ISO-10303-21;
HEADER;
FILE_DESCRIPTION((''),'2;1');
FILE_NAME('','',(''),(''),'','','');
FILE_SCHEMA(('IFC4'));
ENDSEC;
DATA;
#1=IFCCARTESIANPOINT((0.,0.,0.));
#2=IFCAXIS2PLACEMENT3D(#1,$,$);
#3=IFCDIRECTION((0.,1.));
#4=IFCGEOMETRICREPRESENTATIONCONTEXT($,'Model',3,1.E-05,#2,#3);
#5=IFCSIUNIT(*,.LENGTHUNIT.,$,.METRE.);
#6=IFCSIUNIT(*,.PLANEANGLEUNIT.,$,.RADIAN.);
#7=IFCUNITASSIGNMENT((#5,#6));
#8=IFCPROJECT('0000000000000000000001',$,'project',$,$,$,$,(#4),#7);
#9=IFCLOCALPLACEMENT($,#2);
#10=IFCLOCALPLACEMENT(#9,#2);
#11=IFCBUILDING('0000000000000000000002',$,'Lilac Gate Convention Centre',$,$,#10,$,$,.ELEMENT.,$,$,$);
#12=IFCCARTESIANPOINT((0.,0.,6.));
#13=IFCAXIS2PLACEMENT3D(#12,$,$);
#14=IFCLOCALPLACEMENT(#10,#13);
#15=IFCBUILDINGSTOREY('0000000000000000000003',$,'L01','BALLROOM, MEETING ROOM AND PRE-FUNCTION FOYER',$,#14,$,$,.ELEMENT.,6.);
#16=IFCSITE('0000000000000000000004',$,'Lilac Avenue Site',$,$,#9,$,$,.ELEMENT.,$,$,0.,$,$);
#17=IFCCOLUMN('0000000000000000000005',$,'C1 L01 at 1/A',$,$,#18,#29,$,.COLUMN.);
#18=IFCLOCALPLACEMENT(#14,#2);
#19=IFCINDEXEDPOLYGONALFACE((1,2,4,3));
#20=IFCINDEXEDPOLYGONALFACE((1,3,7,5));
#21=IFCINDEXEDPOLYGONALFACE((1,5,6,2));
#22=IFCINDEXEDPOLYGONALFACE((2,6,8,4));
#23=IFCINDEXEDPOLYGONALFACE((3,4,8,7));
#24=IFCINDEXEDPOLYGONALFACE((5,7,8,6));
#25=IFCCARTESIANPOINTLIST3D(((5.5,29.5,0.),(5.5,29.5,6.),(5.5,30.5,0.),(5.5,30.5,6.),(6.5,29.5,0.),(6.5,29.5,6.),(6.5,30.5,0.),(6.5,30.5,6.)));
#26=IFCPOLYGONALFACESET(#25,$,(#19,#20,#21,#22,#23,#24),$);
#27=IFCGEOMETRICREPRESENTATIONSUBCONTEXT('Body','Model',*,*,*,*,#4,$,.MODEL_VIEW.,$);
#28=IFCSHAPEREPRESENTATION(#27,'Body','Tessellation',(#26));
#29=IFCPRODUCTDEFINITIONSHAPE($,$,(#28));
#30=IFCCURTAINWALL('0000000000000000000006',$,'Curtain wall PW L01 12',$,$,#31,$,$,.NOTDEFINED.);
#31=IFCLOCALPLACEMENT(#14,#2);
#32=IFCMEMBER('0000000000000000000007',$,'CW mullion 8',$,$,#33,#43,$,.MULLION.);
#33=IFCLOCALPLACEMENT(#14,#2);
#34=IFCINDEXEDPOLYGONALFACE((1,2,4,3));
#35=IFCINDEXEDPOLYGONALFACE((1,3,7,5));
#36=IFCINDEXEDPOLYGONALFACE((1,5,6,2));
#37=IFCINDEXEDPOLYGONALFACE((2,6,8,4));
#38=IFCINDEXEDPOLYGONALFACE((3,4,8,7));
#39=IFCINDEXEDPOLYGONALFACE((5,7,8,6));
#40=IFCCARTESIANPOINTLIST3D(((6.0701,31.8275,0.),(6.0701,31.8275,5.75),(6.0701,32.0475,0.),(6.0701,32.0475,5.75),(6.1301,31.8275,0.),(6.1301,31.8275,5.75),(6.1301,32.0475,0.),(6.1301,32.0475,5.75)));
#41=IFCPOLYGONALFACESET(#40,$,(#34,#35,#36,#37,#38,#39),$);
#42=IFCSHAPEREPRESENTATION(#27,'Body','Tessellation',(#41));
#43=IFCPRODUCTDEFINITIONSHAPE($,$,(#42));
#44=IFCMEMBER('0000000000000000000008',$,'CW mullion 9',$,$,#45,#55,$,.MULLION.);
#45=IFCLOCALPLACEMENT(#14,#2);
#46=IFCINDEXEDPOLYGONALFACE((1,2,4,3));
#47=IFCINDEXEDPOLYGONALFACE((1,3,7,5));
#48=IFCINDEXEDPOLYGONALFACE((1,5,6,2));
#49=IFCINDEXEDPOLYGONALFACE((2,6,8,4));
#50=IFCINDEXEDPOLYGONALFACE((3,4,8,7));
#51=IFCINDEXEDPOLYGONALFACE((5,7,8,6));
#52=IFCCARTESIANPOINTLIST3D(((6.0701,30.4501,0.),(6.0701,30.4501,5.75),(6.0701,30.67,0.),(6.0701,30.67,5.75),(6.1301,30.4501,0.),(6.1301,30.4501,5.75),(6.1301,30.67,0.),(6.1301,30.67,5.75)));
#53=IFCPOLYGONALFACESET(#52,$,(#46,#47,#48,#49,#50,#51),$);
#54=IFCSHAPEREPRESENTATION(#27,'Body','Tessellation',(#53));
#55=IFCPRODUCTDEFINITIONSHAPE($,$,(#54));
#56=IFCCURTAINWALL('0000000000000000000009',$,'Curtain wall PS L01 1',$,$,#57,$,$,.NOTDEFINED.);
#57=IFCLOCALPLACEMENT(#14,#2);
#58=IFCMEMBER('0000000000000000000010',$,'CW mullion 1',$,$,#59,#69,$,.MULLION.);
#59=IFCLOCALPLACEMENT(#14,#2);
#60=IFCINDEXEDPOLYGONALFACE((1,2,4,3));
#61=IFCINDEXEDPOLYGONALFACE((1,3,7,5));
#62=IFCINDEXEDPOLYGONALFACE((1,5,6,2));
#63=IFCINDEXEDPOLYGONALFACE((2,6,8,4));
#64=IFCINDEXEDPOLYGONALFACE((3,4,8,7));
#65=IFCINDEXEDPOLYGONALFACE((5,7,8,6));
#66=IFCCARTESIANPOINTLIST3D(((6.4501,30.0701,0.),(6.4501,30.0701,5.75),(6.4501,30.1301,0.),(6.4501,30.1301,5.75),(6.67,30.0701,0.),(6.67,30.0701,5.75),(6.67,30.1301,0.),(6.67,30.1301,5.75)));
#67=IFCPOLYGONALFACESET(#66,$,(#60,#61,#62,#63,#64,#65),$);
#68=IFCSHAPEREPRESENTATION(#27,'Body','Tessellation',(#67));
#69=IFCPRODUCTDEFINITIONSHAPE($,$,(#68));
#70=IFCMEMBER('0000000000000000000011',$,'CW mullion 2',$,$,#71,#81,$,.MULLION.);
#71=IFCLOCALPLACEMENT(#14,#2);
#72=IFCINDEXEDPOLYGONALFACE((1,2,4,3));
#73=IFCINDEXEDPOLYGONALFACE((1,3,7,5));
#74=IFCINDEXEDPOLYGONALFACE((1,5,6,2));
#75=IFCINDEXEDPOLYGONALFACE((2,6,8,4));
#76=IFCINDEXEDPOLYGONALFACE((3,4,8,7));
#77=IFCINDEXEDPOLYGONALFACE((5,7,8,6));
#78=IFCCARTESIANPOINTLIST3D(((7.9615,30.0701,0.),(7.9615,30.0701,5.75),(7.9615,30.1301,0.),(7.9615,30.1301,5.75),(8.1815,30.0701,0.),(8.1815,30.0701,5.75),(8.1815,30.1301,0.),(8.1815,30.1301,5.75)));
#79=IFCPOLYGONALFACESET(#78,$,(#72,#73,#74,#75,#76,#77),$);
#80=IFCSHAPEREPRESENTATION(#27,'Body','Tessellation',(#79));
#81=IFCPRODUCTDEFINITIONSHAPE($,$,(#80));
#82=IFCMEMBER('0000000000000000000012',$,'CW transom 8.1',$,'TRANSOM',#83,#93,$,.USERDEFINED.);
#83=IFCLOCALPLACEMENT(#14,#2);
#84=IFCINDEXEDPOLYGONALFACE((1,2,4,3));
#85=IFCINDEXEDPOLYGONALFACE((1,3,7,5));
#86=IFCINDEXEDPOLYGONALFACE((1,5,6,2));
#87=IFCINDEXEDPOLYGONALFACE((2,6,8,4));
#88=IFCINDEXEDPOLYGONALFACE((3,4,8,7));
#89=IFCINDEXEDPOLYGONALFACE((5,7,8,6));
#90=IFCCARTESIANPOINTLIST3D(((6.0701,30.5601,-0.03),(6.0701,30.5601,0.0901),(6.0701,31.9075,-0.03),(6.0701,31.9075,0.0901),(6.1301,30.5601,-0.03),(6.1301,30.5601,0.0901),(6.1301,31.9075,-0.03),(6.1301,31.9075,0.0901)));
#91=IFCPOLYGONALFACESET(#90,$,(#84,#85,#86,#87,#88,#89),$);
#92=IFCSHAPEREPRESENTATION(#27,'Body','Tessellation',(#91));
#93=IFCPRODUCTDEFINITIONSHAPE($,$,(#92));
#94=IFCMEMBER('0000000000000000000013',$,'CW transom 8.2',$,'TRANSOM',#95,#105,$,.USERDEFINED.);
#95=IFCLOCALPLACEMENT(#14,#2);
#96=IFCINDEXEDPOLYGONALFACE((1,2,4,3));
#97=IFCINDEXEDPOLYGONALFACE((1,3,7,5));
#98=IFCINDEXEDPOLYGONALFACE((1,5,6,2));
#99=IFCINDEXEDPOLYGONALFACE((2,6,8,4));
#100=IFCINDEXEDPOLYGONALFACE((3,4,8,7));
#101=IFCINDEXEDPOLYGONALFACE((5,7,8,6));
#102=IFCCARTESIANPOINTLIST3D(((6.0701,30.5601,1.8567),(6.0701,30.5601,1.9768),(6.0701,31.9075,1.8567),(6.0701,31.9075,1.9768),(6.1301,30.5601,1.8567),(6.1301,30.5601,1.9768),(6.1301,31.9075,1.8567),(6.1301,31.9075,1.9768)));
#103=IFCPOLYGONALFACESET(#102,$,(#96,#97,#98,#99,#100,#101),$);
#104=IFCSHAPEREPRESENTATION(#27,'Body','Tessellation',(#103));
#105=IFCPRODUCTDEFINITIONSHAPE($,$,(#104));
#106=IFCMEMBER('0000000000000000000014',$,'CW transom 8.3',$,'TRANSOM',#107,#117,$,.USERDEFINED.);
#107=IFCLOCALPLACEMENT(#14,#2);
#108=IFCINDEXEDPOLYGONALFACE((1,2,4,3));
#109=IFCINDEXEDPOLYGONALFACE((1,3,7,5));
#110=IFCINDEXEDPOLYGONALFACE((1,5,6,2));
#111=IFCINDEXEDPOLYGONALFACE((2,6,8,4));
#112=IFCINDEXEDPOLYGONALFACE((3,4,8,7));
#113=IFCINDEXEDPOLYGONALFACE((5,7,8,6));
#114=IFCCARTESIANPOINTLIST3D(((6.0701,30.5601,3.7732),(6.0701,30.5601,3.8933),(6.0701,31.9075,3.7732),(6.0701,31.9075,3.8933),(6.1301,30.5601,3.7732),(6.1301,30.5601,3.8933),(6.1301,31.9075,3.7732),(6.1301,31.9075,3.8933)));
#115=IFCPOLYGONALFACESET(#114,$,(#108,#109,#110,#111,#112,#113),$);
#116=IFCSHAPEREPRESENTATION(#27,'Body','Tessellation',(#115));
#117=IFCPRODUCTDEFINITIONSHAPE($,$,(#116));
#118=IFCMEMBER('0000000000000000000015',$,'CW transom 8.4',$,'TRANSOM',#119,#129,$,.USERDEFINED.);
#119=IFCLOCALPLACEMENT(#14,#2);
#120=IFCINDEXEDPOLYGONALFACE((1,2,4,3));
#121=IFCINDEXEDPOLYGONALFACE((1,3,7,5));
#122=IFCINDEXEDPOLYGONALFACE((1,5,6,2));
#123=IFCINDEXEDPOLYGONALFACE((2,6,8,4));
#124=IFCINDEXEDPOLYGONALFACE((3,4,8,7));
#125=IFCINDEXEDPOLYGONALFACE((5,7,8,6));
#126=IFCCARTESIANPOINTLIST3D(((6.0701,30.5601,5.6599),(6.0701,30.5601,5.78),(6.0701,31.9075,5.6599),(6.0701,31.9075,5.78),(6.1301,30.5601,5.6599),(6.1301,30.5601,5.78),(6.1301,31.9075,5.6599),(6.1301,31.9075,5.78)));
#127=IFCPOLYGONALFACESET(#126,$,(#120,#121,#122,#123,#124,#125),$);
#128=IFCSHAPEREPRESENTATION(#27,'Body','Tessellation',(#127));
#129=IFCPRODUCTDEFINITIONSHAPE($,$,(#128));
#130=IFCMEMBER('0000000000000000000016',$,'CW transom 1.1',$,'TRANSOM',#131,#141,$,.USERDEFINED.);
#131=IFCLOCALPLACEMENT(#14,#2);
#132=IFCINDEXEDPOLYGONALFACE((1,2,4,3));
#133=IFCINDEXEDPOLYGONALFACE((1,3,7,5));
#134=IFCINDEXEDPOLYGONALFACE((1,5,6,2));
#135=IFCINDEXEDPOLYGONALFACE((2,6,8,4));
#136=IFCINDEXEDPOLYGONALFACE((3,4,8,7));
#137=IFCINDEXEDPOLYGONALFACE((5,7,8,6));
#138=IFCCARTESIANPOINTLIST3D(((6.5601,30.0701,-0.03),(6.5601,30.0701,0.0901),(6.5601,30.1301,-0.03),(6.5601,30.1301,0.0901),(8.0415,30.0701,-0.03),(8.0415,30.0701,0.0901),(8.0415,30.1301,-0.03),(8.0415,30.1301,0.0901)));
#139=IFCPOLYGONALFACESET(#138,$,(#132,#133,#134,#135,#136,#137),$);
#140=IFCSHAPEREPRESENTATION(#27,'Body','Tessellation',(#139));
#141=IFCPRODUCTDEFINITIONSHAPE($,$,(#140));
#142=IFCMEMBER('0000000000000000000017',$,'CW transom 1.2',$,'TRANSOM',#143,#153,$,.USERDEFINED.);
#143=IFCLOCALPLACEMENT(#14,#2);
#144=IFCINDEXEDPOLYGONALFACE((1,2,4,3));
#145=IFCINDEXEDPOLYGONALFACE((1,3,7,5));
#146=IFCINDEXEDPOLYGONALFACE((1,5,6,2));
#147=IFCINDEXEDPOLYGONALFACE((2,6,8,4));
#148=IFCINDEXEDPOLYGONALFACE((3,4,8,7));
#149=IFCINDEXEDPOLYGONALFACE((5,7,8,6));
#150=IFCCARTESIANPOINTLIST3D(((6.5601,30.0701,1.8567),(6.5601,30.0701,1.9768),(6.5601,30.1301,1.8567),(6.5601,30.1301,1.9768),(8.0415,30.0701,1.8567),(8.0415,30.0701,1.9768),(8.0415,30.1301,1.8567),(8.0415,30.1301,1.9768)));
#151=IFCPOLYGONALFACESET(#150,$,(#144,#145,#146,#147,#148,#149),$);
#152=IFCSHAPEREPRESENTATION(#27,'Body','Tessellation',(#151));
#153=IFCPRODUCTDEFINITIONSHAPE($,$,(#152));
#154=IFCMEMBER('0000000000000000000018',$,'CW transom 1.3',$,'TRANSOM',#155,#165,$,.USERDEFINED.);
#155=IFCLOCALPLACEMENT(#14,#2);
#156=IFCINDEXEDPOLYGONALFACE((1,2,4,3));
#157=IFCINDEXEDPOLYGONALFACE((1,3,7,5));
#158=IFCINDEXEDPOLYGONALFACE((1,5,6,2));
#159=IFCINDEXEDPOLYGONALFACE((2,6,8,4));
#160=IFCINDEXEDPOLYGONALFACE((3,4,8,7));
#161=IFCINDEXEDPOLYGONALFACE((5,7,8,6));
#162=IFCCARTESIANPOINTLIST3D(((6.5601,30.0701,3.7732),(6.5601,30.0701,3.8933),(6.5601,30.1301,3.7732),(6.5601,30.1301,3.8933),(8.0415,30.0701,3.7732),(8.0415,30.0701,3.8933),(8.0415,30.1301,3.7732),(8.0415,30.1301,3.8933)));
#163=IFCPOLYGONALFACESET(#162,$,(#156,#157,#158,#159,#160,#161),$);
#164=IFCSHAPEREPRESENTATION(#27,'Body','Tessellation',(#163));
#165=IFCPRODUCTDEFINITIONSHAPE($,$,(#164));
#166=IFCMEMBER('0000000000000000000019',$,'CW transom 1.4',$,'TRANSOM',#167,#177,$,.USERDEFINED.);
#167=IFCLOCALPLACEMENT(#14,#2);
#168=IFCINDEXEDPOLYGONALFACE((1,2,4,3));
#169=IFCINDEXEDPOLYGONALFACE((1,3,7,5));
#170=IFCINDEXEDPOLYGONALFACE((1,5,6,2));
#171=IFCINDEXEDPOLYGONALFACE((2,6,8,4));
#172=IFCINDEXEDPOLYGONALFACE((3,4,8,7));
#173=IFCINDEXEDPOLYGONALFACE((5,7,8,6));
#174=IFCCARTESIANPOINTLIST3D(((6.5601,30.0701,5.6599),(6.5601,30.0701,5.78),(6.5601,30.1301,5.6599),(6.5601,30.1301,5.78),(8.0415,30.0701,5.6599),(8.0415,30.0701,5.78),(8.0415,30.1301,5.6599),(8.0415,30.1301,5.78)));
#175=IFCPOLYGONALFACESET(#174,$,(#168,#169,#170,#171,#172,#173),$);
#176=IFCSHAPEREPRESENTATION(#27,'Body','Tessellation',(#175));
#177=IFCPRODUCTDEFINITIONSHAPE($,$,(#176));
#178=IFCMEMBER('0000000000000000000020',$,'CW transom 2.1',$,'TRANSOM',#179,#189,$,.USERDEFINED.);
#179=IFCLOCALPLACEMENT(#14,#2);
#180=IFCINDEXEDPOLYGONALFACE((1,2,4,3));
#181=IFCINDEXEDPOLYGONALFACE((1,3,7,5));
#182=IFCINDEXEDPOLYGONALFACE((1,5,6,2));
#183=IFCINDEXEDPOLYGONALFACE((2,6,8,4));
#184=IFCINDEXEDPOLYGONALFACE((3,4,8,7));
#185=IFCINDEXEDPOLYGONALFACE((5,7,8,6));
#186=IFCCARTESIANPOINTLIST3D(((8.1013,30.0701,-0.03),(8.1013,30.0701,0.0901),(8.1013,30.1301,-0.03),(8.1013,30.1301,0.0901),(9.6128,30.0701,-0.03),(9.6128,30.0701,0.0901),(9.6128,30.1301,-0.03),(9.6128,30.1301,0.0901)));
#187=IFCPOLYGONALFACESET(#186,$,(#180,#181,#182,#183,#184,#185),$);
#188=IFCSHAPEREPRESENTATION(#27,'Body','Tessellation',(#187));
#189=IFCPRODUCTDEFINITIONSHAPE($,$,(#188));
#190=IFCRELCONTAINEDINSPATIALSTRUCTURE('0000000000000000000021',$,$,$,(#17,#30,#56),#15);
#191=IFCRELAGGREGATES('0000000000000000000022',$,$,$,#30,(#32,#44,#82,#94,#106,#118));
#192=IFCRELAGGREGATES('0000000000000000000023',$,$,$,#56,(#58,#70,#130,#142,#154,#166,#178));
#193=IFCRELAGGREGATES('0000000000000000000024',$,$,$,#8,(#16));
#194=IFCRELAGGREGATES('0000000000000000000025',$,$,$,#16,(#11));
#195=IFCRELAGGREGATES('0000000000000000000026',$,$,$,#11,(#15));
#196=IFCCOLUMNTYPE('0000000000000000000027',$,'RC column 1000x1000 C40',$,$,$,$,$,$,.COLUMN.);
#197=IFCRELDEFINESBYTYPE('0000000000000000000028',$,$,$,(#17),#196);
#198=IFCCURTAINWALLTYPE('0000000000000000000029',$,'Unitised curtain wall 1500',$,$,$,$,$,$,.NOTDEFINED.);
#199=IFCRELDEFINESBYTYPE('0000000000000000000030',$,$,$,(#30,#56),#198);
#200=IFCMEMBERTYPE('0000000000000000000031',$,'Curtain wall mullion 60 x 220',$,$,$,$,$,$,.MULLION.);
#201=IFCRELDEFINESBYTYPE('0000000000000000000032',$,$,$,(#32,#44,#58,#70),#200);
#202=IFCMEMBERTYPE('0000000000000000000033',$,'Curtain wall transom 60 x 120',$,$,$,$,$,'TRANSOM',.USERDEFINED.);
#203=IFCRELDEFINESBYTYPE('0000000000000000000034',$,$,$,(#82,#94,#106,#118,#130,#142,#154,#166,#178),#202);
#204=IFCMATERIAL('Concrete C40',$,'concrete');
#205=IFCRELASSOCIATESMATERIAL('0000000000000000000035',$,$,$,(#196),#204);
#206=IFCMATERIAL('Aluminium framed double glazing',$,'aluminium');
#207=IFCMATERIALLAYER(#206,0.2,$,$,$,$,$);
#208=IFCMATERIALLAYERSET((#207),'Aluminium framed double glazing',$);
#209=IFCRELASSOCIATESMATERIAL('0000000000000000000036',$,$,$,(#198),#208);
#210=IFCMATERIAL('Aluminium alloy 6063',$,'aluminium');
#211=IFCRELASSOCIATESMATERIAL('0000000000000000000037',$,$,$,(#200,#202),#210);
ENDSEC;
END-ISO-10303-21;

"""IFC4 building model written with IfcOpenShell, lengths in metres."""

from ifc_helpers import new_model, si_unit, direction, frame, origin, origin_2d, place, context, subcontext, project, spatial, rectangle, extrude, material, layer, layer_set, material_profile, profile_set, type_object, element, aggregate, save


model = new_model("IFC4")

# Units and contexts
model_context = context("Model", 3, precision=1e-05, world=origin(), true_north=direction((0.0, 1.0)))
body_context = subcontext(model_context, "Body", "Model", "MODEL_VIEW")
ifc_project = project(units=[si_unit("LENGTHUNIT", "METRE"), si_unit("PLANEANGLEUNIT", "RADIAN")], contexts=[model_context])

# Site, building, storey
site_placement = place(None, origin())
site = spatial("IfcSite", under=ifc_project, at=site_placement, Name="Lilac Avenue Site", CompositionType="ELEMENT", RefElevation=0.0)
building_placement = place(site_placement, origin())
building = spatial("IfcBuilding", under=site, at=building_placement, Name="Lilac Gate Convention Centre", CompositionType="ELEMENT")
storey_placement = place(building_placement, frame((0.0, 0.0, 6.0)))
storey = spatial("IfcBuildingStorey", under=building, at=storey_placement, Name="L01", Description="BALLROOM, MEETING ROOM AND PRE-FUNCTION FOYER", CompositionType="ELEMENT", Elevation=6.0)

# Column
ifc_material_1 = material(Name="Concrete C40", Category="concrete")
ifc_material_profile_1 = material_profile(ifc_material_1, rectangle(XDim=1.0, YDim=1.0, at=origin_2d()), Name="RC 1000x1000")
ifc_profile_set_1 = profile_set([ifc_material_profile_1], Name="Concrete C40")
column_type = type_object("IfcColumnType", Name="RC column 1000x1000 C40", PredefinedType="COLUMN", material=ifc_profile_set_1)
column_placement = place(storey_placement, frame((6.0, 30.0, 0.0), z_axis=(0.0, 0.0, 1.0), x_axis=(1.0, 0.0, 0.0)))
element("IfcColumn", 1, at=column_placement, inside=storey, type_object=column_type, Name="C1 L01 at 1/A", PredefinedType="COLUMN", context=body_context, shape_type="SweptSolid", body=[
    extrude(rectangle(XDim=1.0, YDim=1.0, at=origin_2d()), origin(), (0.0, 0.0, 1.0), 6.0),
])

# Curtain walls, members
ifc_material_2 = material(Name="Aluminium framed double glazing", Category="aluminium")
ifc_layer_1 = layer(ifc_material_2, 0.2)
ifc_layer_set_1 = layer_set([ifc_layer_1], Name="Aluminium framed double glazing")
curtain_wall_type = type_object("IfcCurtainWallType", Name="Unitised curtain wall 1500", PredefinedType="NOTDEFINED", material=ifc_layer_set_1)
curtain_wall_1_placement = place(storey_placement, origin())
curtain_wall_1 = element("IfcCurtainWall", 2, at=curtain_wall_1_placement, inside=storey, type_object=curtain_wall_type, Name="Curtain wall PW L01 12", PredefinedType="NOTDEFINED")
ifc_material_3 = material(Name="Aluminium alloy 6063", Category="aluminium")
ifc_material_profile_2 = material_profile(ifc_material_3, rectangle(XDim=0.0601, YDim=0.22, at=origin_2d()), Name="Curtain wall mullion 60 x 220")
ifc_profile_set_2 = profile_set([ifc_material_profile_2], Name="Aluminium alloy 6063")
member_type_1 = type_object("IfcMemberType", Name="Curtain wall mullion 60 x 220", PredefinedType="MULLION", material=ifc_profile_set_2)
member_1_placement = place(storey_placement, frame((6.1001, 31.9375, 0.0), z_axis=(0.0, 0.0, 1.0), x_axis=(1.0, 0.0, 0.0)))
member_1 = element("IfcMember", 3, at=member_1_placement, type_object=member_type_1, Name="CW mullion 8", PredefinedType="MULLION", context=body_context, shape_type="SweptSolid", body=[
    extrude(rectangle(XDim=0.0601, YDim=0.22, at=origin_2d()), origin(), (0.0, 0.0, 1.0), 5.75),
])
member_2_placement = place(storey_placement, frame((6.1001, 30.5601, 0.0), z_axis=(0.0, 0.0, 1.0), x_axis=(1.0, 0.0, 0.0)))
member_2 = element("IfcMember", 4, at=member_2_placement, type_object=member_type_1, Name="CW mullion 9", PredefinedType="MULLION", context=body_context, shape_type="SweptSolid", body=[
    extrude(rectangle(XDim=0.0601, YDim=0.22, at=origin_2d()), origin(), (0.0, 0.0, 1.0), 5.75),
])
curtain_wall_2_placement = place(storey_placement, origin())
curtain_wall_2 = element("IfcCurtainWall", 5, at=curtain_wall_2_placement, inside=storey, type_object=curtain_wall_type, Name="Curtain wall PS L01 1", PredefinedType="NOTDEFINED")
member_3_placement = place(storey_placement, frame((6.5601, 30.1001, 0.0), z_axis=(0.0, 0.0, 1.0), x_axis=(0.0, 1.0, 0.0)))
member_3 = element("IfcMember", 6, at=member_3_placement, type_object=member_type_1, Name="CW mullion 1", PredefinedType="MULLION", context=body_context, shape_type="SweptSolid", body=[
    extrude(rectangle(XDim=0.0601, YDim=0.22, at=origin_2d()), origin(), (0.0, 0.0, 1.0), 5.75),
])
member_4_placement = place(storey_placement, frame((8.0715, 30.1001, 0.0), z_axis=(0.0, 0.0, 1.0), x_axis=(0.0, 1.0, 0.0)))
member_4 = element("IfcMember", 7, at=member_4_placement, type_object=member_type_1, Name="CW mullion 2", PredefinedType="MULLION", context=body_context, shape_type="SweptSolid", body=[
    extrude(rectangle(XDim=0.0601, YDim=0.22, at=origin_2d()), origin(), (0.0, 0.0, 1.0), 5.75),
])

# Members
ifc_material_profile_3 = material_profile(ifc_material_3, rectangle(XDim=0.0601, YDim=0.1201, at=origin_2d()), Name="Curtain wall transom 60 x 120")
ifc_profile_set_3 = profile_set([ifc_material_profile_3], Name="Aluminium alloy 6063")
member_type_2 = type_object("IfcMemberType", Name="Curtain wall transom 60 x 120", ElementType="TRANSOM", PredefinedType="USERDEFINED", material=ifc_profile_set_3)
member_5_placement = place(storey_placement, frame((6.1001, 31.9075, 0.03), z_axis=(0.0, -1.0, 0.0), x_axis=(1.0, 0.0, 0.0)))
member_5 = element("IfcMember", 8, at=member_5_placement, type_object=member_type_2, Name="CW transom 8.1", ObjectType="TRANSOM", PredefinedType="USERDEFINED", context=body_context, shape_type="SweptSolid", body=[
    extrude(rectangle(XDim=0.0601, YDim=0.1201, at=origin_2d()), origin(), (0.0, 0.0, 1.0), 1.3474),
])
member_6_placement = place(storey_placement, frame((6.1001, 31.9075, 1.9167), z_axis=(0.0, -1.0, 0.0), x_axis=(1.0, 0.0, 0.0)))
member_6 = element("IfcMember", 9, at=member_6_placement, type_object=member_type_2, Name="CW transom 8.2", ObjectType="TRANSOM", PredefinedType="USERDEFINED", context=body_context, shape_type="SweptSolid", body=[
    extrude(rectangle(XDim=0.0601, YDim=0.1201, at=origin_2d()), origin(), (0.0, 0.0, 1.0), 1.3474),
])
member_7_placement = place(storey_placement, frame((6.1001, 31.9075, 3.8333), z_axis=(0.0, -1.0, 0.0), x_axis=(1.0, 0.0, 0.0)))
member_7 = element("IfcMember", 10, at=member_7_placement, type_object=member_type_2, Name="CW transom 8.3", ObjectType="TRANSOM", PredefinedType="USERDEFINED", context=body_context, shape_type="SweptSolid", body=[
    extrude(rectangle(XDim=0.0601, YDim=0.1201, at=origin_2d()), origin(), (0.0, 0.0, 1.0), 1.3474),
])
member_8_placement = place(storey_placement, frame((6.1001, 31.9075, 5.72), z_axis=(0.0, -1.0, 0.0), x_axis=(1.0, 0.0, 0.0)))
member_8 = element("IfcMember", 11, at=member_8_placement, type_object=member_type_2, Name="CW transom 8.4", ObjectType="TRANSOM", PredefinedType="USERDEFINED", context=body_context, shape_type="SweptSolid", body=[
    extrude(rectangle(XDim=0.0601, YDim=0.1201, at=origin_2d()), origin(), (0.0, 0.0, 1.0), 1.3474),
])
member_9_placement = place(storey_placement, frame((6.5601, 30.1001, 0.03), z_axis=(1.0, 0.0, 0.0), x_axis=(0.0, 1.0, 0.0)))
member_9 = element("IfcMember", 12, at=member_9_placement, type_object=member_type_2, Name="CW transom 1.1", ObjectType="TRANSOM", PredefinedType="USERDEFINED", context=body_context, shape_type="SweptSolid", body=[
    extrude(rectangle(XDim=0.0601, YDim=0.1201, at=origin_2d()), origin(), (0.0, 0.0, 1.0), 1.4814),
])
member_10_placement = place(storey_placement, frame((6.5601, 30.1001, 1.9167), z_axis=(1.0, 0.0, 0.0), x_axis=(0.0, 1.0, 0.0)))
member_10 = element("IfcMember", 13, at=member_10_placement, type_object=member_type_2, Name="CW transom 1.2", ObjectType="TRANSOM", PredefinedType="USERDEFINED", context=body_context, shape_type="SweptSolid", body=[
    extrude(rectangle(XDim=0.0601, YDim=0.1201, at=origin_2d()), origin(), (0.0, 0.0, 1.0), 1.4814),
])
member_11_placement = place(storey_placement, frame((6.5601, 30.1001, 3.8333), z_axis=(1.0, 0.0, 0.0), x_axis=(0.0, 1.0, 0.0)))
member_11 = element("IfcMember", 14, at=member_11_placement, type_object=member_type_2, Name="CW transom 1.3", ObjectType="TRANSOM", PredefinedType="USERDEFINED", context=body_context, shape_type="SweptSolid", body=[
    extrude(rectangle(XDim=0.0601, YDim=0.1201, at=origin_2d()), origin(), (0.0, 0.0, 1.0), 1.4814),
])
member_12_placement = place(storey_placement, frame((6.5601, 30.1001, 5.72), z_axis=(1.0, 0.0, 0.0), x_axis=(0.0, 1.0, 0.0)))
member_12 = element("IfcMember", 15, at=member_12_placement, type_object=member_type_2, Name="CW transom 1.4", ObjectType="TRANSOM", PredefinedType="USERDEFINED", context=body_context, shape_type="SweptSolid", body=[
    extrude(rectangle(XDim=0.0601, YDim=0.1201, at=origin_2d()), origin(), (0.0, 0.0, 1.0), 1.4814),
])
member_13_placement = place(storey_placement, frame((8.1013, 30.1001, 0.03), z_axis=(1.0, 0.0, 0.0), x_axis=(0.0, 1.0, 0.0)))
member_13 = element("IfcMember", 16, at=member_13_placement, type_object=member_type_2, Name="CW transom 2.1", ObjectType="TRANSOM", PredefinedType="USERDEFINED", context=body_context, shape_type="SweptSolid", body=[
    extrude(rectangle(XDim=0.0601, YDim=0.1201, at=origin_2d()), origin(), (0.0, 0.0, 1.0), 1.5115),
])

aggregate(curtain_wall_1, [member_1, member_2, member_5, member_6, member_7, member_8])
aggregate(curtain_wall_2, [member_3, member_4, member_9, member_10, member_11, member_12, member_13])

save(model, "model.ifc")
